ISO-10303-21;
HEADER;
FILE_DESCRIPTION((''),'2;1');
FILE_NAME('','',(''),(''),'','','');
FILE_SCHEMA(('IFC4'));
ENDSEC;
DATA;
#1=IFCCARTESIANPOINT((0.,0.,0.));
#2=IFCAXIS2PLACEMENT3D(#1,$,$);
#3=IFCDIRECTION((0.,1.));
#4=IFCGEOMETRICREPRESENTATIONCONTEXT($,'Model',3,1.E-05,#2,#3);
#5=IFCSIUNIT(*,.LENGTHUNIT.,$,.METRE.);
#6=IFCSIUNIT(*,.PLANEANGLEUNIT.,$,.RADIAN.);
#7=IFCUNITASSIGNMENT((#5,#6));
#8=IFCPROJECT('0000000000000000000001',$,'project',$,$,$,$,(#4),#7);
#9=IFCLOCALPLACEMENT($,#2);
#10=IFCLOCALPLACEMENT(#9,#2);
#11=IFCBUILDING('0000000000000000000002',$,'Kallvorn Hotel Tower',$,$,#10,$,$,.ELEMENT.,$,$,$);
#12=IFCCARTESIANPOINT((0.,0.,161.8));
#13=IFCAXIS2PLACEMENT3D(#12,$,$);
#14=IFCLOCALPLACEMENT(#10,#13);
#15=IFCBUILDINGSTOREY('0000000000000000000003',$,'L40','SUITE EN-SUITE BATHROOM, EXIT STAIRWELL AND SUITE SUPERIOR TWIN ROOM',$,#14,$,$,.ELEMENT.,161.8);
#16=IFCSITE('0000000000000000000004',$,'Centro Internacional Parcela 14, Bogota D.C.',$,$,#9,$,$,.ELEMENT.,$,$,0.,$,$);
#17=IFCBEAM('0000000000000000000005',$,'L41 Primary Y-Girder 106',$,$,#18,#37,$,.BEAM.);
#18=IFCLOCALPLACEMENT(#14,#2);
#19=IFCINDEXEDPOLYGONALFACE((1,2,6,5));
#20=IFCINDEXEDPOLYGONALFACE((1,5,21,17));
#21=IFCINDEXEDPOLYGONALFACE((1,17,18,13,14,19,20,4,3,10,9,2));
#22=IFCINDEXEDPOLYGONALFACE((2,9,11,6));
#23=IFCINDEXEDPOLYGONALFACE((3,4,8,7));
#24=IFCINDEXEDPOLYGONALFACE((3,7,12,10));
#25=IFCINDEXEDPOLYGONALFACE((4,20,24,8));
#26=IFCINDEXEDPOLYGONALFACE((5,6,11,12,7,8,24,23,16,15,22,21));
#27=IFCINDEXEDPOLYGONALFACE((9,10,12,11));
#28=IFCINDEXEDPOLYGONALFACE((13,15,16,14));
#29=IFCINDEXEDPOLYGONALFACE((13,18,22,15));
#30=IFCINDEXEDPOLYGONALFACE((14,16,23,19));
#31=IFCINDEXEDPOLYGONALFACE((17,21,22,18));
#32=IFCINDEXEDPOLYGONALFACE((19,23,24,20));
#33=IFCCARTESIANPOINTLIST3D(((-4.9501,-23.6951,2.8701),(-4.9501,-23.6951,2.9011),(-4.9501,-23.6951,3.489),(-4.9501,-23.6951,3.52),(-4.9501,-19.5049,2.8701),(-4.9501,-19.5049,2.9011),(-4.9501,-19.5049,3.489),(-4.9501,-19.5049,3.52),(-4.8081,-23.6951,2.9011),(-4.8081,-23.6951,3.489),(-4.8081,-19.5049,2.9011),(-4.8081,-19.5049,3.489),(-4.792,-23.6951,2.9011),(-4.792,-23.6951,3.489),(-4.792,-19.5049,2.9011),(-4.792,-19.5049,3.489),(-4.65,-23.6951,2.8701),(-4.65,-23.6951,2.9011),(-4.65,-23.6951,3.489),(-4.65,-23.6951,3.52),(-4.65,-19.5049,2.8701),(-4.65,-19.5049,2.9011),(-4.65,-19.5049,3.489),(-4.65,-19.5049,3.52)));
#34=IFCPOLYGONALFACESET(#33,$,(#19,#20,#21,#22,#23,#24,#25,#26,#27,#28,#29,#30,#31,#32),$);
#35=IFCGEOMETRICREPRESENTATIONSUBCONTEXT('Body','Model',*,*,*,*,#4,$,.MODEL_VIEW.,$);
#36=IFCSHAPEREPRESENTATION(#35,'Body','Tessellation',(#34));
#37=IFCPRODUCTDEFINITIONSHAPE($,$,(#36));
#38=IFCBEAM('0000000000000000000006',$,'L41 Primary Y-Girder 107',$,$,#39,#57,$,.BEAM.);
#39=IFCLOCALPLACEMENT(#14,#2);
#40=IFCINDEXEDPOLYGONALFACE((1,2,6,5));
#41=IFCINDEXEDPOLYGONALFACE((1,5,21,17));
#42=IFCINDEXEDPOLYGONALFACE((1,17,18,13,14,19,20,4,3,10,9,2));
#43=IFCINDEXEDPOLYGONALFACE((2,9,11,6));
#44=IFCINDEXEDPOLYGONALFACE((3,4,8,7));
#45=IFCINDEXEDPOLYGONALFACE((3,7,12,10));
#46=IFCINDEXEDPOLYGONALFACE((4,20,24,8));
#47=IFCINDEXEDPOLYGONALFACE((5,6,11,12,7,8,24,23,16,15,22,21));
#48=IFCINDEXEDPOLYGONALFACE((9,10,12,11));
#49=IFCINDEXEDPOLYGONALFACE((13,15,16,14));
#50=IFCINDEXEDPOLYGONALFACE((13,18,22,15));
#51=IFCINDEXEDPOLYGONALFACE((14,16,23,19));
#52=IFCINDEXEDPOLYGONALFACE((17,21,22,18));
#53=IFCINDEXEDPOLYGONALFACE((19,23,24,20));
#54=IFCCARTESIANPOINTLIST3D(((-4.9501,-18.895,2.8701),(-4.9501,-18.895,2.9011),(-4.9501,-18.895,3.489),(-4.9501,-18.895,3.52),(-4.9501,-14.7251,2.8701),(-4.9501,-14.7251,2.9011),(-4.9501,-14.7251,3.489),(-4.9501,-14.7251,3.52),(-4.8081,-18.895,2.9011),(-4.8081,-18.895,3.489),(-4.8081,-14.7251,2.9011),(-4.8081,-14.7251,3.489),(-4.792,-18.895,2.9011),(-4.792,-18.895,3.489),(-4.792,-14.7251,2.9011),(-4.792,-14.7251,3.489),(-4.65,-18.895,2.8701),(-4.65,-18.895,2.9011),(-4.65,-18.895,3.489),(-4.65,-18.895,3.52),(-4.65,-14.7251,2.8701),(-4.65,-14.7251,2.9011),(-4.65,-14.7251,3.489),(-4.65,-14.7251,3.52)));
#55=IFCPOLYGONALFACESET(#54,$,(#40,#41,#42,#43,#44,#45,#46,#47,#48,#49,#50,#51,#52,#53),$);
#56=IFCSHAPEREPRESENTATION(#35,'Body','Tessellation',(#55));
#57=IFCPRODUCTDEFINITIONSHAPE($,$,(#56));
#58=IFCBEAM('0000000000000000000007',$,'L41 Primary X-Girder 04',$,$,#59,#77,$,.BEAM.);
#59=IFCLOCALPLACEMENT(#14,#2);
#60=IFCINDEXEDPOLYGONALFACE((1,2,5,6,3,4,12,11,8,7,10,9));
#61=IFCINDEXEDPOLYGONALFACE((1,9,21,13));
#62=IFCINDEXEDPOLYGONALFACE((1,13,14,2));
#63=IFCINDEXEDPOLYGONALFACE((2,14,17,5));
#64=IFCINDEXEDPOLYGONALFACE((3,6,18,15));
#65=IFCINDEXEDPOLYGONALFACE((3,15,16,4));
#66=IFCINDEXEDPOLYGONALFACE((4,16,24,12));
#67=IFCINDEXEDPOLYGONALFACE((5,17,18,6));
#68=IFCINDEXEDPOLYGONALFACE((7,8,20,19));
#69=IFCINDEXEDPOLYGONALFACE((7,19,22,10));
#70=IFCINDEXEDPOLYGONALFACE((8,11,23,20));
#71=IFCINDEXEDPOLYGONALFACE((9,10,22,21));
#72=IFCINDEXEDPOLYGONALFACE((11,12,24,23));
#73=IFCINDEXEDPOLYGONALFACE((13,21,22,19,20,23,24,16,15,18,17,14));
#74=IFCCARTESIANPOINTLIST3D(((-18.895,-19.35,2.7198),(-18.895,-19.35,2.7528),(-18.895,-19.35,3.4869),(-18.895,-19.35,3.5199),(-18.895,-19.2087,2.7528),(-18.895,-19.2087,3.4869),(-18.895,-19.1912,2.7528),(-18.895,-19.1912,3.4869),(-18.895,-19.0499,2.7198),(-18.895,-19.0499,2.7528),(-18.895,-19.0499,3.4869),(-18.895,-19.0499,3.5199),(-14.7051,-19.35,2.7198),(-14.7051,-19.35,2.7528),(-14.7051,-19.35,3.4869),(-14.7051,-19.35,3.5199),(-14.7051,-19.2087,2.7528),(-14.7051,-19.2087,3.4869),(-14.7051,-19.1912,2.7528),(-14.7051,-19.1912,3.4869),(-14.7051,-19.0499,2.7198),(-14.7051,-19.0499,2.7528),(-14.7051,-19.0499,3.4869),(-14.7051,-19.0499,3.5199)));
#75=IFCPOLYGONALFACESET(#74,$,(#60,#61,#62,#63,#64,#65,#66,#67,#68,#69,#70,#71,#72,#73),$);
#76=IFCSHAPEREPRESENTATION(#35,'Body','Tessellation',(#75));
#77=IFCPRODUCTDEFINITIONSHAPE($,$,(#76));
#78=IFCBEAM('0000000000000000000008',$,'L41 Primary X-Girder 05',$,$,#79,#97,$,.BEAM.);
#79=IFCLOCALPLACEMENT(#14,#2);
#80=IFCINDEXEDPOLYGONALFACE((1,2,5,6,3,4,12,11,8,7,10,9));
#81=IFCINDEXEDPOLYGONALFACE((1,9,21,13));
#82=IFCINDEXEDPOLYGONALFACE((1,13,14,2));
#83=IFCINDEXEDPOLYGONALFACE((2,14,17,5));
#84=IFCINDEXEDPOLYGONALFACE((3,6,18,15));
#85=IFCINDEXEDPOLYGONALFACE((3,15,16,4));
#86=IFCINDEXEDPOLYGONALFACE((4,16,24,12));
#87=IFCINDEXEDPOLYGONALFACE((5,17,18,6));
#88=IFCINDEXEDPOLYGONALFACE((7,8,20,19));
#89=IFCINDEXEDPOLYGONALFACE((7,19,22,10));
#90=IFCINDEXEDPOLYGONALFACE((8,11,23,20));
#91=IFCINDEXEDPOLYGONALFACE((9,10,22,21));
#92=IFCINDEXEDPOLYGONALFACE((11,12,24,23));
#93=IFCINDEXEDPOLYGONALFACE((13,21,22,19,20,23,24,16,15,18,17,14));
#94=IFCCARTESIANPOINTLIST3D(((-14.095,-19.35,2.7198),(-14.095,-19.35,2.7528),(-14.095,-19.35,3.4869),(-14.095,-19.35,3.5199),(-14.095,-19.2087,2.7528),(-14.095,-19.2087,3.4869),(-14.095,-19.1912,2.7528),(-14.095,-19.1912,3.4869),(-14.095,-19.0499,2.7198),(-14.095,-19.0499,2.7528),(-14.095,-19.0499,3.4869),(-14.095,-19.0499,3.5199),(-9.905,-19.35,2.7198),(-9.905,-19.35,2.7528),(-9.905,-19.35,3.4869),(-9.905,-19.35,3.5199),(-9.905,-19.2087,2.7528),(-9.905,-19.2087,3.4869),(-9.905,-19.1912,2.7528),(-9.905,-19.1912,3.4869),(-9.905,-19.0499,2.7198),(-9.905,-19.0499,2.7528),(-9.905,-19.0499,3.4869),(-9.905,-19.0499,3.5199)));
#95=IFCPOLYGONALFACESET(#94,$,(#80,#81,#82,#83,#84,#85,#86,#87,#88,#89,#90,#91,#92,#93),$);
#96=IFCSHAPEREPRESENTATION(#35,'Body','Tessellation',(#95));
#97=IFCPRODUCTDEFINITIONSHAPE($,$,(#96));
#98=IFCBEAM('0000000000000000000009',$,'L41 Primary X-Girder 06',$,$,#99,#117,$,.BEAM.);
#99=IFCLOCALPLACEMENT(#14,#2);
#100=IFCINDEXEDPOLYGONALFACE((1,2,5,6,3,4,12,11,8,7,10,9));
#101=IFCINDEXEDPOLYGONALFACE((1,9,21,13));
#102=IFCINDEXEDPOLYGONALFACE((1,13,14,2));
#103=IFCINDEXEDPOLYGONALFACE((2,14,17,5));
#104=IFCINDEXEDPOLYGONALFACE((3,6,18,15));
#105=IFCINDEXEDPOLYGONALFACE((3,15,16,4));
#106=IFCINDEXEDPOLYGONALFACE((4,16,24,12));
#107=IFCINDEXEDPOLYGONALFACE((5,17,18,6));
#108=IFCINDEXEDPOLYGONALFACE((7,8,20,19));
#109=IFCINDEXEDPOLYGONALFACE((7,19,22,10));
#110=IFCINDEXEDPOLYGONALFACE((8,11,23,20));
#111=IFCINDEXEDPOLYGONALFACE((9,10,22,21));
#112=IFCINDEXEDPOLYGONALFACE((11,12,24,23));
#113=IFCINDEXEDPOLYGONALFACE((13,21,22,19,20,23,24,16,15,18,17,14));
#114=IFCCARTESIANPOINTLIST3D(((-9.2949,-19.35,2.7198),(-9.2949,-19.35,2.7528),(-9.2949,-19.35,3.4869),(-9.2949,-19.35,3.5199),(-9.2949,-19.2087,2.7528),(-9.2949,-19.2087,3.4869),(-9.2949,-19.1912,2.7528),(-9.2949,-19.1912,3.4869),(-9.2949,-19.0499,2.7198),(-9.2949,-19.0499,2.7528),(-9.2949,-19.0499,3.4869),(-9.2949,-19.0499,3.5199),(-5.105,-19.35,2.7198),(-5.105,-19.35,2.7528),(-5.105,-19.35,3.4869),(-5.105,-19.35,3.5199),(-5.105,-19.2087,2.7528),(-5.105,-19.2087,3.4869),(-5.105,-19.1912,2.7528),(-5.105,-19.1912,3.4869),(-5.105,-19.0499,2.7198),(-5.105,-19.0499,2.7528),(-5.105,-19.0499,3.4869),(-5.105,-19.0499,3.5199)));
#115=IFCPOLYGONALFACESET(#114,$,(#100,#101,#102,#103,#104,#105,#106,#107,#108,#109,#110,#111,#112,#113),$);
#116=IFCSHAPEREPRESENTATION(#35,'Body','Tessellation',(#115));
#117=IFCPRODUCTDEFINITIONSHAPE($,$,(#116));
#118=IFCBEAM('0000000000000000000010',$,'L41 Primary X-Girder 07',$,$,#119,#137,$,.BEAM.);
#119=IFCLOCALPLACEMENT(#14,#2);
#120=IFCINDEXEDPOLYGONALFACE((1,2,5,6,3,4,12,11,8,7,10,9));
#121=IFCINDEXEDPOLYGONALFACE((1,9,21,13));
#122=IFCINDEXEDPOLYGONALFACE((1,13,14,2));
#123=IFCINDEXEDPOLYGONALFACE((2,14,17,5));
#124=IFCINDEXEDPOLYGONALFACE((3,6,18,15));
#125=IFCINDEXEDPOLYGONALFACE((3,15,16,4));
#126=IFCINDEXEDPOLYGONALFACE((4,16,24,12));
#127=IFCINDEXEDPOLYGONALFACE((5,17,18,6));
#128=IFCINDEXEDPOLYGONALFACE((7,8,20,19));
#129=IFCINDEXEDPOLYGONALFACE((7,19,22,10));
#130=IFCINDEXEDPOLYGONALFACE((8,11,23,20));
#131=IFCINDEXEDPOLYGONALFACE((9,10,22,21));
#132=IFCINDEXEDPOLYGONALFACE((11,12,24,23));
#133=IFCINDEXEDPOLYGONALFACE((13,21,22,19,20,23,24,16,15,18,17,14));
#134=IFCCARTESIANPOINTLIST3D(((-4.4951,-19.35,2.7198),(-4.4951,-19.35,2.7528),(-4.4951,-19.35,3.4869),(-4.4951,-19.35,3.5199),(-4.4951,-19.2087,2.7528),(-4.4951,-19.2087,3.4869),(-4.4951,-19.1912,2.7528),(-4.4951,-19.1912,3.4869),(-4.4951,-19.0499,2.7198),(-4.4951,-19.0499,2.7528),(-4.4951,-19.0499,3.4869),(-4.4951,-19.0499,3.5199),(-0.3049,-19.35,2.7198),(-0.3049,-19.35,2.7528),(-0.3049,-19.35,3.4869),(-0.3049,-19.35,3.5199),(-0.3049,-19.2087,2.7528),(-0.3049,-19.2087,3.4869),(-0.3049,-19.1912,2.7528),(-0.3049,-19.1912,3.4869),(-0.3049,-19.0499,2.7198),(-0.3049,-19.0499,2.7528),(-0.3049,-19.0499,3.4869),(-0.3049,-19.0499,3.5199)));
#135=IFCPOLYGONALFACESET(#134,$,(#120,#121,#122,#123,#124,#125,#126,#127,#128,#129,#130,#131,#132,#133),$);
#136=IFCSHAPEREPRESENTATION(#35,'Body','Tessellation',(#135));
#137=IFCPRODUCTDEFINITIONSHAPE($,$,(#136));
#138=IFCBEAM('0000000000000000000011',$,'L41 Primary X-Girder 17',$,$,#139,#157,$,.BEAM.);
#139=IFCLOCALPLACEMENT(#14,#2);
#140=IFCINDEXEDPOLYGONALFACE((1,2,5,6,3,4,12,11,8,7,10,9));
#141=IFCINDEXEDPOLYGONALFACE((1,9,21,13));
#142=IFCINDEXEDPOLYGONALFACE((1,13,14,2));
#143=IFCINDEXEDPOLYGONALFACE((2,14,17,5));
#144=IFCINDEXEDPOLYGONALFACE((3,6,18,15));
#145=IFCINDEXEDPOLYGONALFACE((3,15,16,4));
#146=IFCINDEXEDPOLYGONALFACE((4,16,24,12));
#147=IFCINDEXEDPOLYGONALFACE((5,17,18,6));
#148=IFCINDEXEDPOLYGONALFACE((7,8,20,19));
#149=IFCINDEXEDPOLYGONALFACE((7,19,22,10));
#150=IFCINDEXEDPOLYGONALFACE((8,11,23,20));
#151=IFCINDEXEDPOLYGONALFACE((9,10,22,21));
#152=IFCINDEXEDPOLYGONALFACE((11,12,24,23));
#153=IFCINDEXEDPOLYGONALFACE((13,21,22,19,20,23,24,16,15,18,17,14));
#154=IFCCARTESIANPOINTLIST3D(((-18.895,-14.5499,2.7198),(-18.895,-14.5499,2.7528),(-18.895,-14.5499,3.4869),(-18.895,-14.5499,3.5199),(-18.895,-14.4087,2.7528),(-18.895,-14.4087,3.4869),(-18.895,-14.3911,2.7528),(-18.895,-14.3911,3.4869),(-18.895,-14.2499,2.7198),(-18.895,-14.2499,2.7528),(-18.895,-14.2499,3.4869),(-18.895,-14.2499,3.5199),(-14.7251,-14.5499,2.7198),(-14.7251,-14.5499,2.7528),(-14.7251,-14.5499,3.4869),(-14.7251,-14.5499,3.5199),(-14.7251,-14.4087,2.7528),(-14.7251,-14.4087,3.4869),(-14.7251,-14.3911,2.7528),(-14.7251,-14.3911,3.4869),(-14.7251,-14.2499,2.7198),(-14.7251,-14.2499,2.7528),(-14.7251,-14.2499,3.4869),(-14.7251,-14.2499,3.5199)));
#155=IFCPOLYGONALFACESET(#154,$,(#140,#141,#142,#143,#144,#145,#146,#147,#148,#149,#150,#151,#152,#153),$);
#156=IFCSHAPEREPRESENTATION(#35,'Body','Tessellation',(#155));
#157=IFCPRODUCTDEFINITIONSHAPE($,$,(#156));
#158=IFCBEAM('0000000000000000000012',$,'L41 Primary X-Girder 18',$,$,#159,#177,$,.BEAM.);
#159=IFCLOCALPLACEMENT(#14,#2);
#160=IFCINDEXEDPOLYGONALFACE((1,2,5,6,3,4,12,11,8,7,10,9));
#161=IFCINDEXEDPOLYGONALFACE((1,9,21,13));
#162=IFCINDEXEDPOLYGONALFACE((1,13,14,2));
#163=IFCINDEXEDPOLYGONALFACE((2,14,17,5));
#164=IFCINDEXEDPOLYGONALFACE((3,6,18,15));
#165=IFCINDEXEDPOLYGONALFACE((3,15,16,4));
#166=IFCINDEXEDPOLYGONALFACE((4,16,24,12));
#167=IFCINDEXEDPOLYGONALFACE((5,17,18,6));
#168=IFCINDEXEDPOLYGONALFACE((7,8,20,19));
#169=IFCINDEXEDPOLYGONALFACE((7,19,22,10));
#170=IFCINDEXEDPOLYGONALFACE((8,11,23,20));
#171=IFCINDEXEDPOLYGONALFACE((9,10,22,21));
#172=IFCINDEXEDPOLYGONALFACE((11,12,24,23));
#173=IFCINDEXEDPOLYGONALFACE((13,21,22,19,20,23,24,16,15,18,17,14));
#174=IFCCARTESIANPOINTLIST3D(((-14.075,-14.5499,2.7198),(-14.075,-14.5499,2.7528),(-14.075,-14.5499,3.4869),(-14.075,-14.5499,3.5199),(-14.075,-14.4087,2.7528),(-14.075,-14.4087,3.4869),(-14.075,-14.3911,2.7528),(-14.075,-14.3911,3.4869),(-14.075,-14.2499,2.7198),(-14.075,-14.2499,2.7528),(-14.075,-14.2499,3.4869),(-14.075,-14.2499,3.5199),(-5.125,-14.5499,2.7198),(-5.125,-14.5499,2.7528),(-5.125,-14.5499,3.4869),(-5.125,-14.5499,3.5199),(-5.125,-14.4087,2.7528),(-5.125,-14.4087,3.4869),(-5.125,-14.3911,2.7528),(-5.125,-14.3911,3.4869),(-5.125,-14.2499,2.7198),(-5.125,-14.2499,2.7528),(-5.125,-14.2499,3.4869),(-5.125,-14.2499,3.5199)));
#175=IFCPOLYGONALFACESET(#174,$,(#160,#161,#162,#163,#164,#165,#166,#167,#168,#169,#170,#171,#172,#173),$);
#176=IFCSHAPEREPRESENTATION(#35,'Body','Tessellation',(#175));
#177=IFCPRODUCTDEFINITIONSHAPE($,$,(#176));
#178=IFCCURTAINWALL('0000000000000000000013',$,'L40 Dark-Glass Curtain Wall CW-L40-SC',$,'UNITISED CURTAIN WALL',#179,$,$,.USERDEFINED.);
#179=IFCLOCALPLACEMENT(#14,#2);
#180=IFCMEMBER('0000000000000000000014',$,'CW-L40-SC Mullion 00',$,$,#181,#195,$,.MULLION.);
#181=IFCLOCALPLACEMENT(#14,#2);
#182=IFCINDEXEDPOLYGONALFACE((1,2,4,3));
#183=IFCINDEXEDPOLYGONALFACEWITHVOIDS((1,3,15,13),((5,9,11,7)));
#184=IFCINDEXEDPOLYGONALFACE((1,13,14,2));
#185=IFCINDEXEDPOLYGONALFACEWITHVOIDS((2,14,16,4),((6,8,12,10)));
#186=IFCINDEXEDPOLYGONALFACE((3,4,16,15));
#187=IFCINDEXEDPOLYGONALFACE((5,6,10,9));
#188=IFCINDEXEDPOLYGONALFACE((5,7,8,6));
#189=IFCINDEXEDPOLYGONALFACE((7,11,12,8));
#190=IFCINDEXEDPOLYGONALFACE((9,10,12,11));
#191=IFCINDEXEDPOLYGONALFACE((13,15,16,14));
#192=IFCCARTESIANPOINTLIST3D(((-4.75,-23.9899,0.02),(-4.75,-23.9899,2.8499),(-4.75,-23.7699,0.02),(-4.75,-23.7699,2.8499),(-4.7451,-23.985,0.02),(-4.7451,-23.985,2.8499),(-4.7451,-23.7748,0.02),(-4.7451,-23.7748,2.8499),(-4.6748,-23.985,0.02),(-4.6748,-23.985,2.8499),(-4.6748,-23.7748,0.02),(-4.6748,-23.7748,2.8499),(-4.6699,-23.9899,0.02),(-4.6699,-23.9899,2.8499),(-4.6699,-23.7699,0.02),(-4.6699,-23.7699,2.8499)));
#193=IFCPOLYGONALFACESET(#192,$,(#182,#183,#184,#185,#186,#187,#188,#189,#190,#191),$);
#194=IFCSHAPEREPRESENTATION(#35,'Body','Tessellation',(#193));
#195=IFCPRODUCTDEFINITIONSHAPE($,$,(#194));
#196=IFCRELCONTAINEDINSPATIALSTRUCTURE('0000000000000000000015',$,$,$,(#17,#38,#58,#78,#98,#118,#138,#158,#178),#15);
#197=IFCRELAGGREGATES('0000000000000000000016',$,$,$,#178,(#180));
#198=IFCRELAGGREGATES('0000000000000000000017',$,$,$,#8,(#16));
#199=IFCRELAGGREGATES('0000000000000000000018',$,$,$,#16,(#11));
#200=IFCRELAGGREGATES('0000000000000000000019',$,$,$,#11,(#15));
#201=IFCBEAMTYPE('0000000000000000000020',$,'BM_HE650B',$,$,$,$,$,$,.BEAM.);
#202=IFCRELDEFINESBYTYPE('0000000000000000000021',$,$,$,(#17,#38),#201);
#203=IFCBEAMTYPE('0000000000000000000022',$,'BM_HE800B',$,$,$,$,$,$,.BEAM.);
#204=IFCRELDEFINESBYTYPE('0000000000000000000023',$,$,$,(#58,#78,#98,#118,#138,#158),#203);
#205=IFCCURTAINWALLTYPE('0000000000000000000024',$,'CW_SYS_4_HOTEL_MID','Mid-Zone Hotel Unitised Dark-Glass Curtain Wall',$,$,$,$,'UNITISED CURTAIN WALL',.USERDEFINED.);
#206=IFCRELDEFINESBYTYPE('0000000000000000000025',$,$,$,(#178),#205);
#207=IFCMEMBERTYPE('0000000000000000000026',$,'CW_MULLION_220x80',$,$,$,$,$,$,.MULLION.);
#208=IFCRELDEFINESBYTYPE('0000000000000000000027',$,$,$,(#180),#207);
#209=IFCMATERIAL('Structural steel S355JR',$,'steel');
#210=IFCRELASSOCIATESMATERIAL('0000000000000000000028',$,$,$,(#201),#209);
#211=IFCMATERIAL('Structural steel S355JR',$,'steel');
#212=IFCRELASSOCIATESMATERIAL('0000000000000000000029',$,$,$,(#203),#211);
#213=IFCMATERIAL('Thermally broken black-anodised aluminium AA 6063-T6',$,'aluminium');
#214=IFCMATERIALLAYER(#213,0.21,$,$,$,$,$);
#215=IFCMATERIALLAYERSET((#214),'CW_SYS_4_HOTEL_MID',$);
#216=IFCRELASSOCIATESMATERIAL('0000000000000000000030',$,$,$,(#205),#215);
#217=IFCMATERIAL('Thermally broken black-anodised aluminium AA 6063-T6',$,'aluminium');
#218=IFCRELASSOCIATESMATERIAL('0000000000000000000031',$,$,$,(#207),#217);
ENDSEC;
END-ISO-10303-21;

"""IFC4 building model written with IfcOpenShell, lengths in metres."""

from ifc_helpers import new_model, si_unit, direction, frame, origin, origin_2d, place, context, subcontext, project, spatial, hollow_rectangle, i_section, extrude, material, layer, layer_set, material_profile, profile_set, type_object, element, aggregate, save


model = new_model("IFC4")

# Units and contexts
model_context = context("Model", 3, precision=1e-05, world=origin(), true_north=direction((0.0, 1.0)))
body_context = subcontext(model_context, "Body", "Model", "MODEL_VIEW")
ifc_project = project(units=[si_unit("LENGTHUNIT", "METRE"), si_unit("PLANEANGLEUNIT", "RADIAN")], contexts=[model_context])

# Site, building, storey
site_placement = place(None, origin())
site = spatial("IfcSite", under=ifc_project, at=site_placement, Name="Centro Internacional Parcela 14, Bogota D.C.", CompositionType="ELEMENT", RefElevation=0.0)
building_placement = place(site_placement, origin())
building = spatial("IfcBuilding", under=site, at=building_placement, Name="Kallvorn Hotel Tower", CompositionType="ELEMENT")
storey_placement = place(building_placement, frame((0.0, 0.0, 161.8)))
storey = spatial("IfcBuildingStorey", under=building, at=storey_placement, Name="L40", Description="SUITE EN-SUITE BATHROOM, EXIT STAIRWELL AND SUITE SUPERIOR TWIN ROOM", CompositionType="ELEMENT", Elevation=161.8)

# Beams
ifc_material_1 = material(Name="Structural steel S355JR", Category="steel")
ifc_material_profile_1 = material_profile(ifc_material_1, i_section(OverallWidth=0.3, OverallDepth=0.6499, WebThickness=0.0161, FlangeThickness=0.031, at=origin_2d()), Name="HE 650 B")
ifc_profile_set_1 = profile_set([ifc_material_profile_1], Name="Structural steel S355JR")
beam_type_1 = type_object("IfcBeamType", Name="BM_HE650B", PredefinedType="BEAM", material=ifc_profile_set_1)
for number, where, z_axis, x_axis, name in (
    (1, (-4.8, -23.6951, 3.1951), (0.0, 1.0, 0.0), (-1.0, 0.0, 0.0), "L41 Primary Y-Girder 106"),
):
    element("IfcBeam", number, at=place(storey_placement, frame(where, z_axis=z_axis, x_axis=x_axis)), inside=storey, type_object=beam_type_1, Name=name, PredefinedType="BEAM", context=body_context, shape_type="SweptSolid", body=[
        extrude(i_section(OverallWidth=0.3, OverallDepth=0.6499, WebThickness=0.0161, FlangeThickness=0.031, at=origin_2d()), origin(), (0.0, 0.0, 1.0), 4.1902),
    ])
beam_1_placement = place(storey_placement, frame((-4.8, -18.895, 3.1951), z_axis=(0.0, 1.0, 0.0), x_axis=(-1.0, 0.0, 0.0)))
element("IfcBeam", 2, at=beam_1_placement, inside=storey, type_object=beam_type_1, Name="L41 Primary Y-Girder 107", PredefinedType="BEAM", context=body_context, shape_type="SweptSolid", body=[
    extrude(i_section(OverallWidth=0.3, OverallDepth=0.6499, WebThickness=0.0161, FlangeThickness=0.031, at=origin_2d()), origin(), (0.0, 0.0, 1.0), 4.1699),
])
ifc_material_2 = material(Name="Structural steel S355JR", Category="steel")
ifc_material_profile_2 = material_profile(ifc_material_2, i_section(OverallWidth=0.3, OverallDepth=0.8, WebThickness=0.0176, FlangeThickness=0.033, at=origin_2d()), Name="HE 800 B")
ifc_profile_set_2 = profile_set([ifc_material_profile_2], Name="Structural steel S355JR")
beam_type_2 = type_object("IfcBeamType", Name="BM_HE800B", PredefinedType="BEAM", material=ifc_profile_set_2)
for number, where, z_axis, x_axis, name in (
    (3, (-18.895, -19.2, 3.1199), (1.0, 0.0, 0.0), (0.0, 1.0, 0.0), "L41 Primary X-Girder 04"),
    (4, (-14.095, -19.2, 3.1199), (1.0, 0.0, 0.0), (0.0, 1.0, 0.0), "L41 Primary X-Girder 05"),
    (5, (-9.2949, -19.2, 3.1199), (1.0, 0.0, 0.0), (0.0, 1.0, 0.0), "L41 Primary X-Girder 06"),
):
    element("IfcBeam", number, at=place(storey_placement, frame(where, z_axis=z_axis, x_axis=x_axis)), inside=storey, type_object=beam_type_2, Name=name, PredefinedType="BEAM", context=body_context, shape_type="SweptSolid", body=[
        extrude(i_section(OverallWidth=0.3, OverallDepth=0.8, WebThickness=0.0176, FlangeThickness=0.033, at=origin_2d()), origin(), (0.0, 0.0, 1.0), 4.1899),
    ])
beam_2_placement = place(storey_placement, frame((-4.4951, -19.2, 3.1199), z_axis=(1.0, 0.0, 0.0), x_axis=(0.0, 1.0, 0.0)))
element("IfcBeam", 6, at=beam_2_placement, inside=storey, type_object=beam_type_2, Name="L41 Primary X-Girder 07", PredefinedType="BEAM", context=body_context, shape_type="SweptSolid", body=[
    extrude(i_section(OverallWidth=0.3, OverallDepth=0.8, WebThickness=0.0176, FlangeThickness=0.033, at=origin_2d()), origin(), (0.0, 0.0, 1.0), 4.1902),
])
beam_3_placement = place(storey_placement, frame((-18.895, -14.3999, 3.1199), z_axis=(1.0, 0.0, 0.0), x_axis=(0.0, 1.0, 0.0)))
element("IfcBeam", 7, at=beam_3_placement, inside=storey, type_object=beam_type_2, Name="L41 Primary X-Girder 17", PredefinedType="BEAM", context=body_context, shape_type="SweptSolid", body=[
    extrude(i_section(OverallWidth=0.3, OverallDepth=0.8, WebThickness=0.0176, FlangeThickness=0.033, at=origin_2d()), origin(), (0.0, 0.0, 1.0), 4.1699),
])
beam_4_placement = place(storey_placement, frame((-14.075, -14.3999, 3.1199), z_axis=(1.0, 0.0, 0.0), x_axis=(0.0, 1.0, 0.0)))
element("IfcBeam", 8, at=beam_4_placement, inside=storey, type_object=beam_type_2, Name="L41 Primary X-Girder 18", PredefinedType="BEAM", context=body_context, shape_type="SweptSolid", body=[
    extrude(i_section(OverallWidth=0.3, OverallDepth=0.8, WebThickness=0.0176, FlangeThickness=0.033, at=origin_2d()), origin(), (0.0, 0.0, 1.0), 8.95),
])

# Curtain wall, member
ifc_material_3 = material(Name="Thermally broken black-anodised aluminium AA 6063-T6", Category="aluminium")
ifc_layer_1 = layer(ifc_material_3, 0.21)
ifc_layer_set_1 = layer_set([ifc_layer_1], Name="CW_SYS_4_HOTEL_MID")
curtain_wall_type = type_object("IfcCurtainWallType", Name="CW_SYS_4_HOTEL_MID", Description="Mid-Zone Hotel Unitised Dark-Glass Curtain Wall", ElementType="UNITISED CURTAIN WALL", PredefinedType="USERDEFINED", material=ifc_layer_set_1)
curtain_wall_placement = place(storey_placement, origin())
curtain_wall = element("IfcCurtainWall", 9, at=curtain_wall_placement, inside=storey, type_object=curtain_wall_type, Name="L40 Dark-Glass Curtain Wall CW-L40-SC", ObjectType="UNITISED CURTAIN WALL", PredefinedType="USERDEFINED")
ifc_material_4 = material(Name="Thermally broken black-anodised aluminium AA 6063-T6", Category="aluminium")
ifc_material_profile_3 = material_profile(ifc_material_4, hollow_rectangle(XDim=0.0801, YDim=0.22, WallThickness=0.0049, at=origin_2d()), Name="MUL 220x80")
ifc_profile_set_3 = profile_set([ifc_material_profile_3], Name="Thermally broken black-anodised aluminium AA 6063-T6")
member_type_1 = type_object("IfcMemberType", Name="CW_MULLION_220x80", PredefinedType="MULLION", material=ifc_profile_set_3)
member_1_placement = place(storey_placement, frame((-4.71, -23.8799, 0.02), z_axis=(0.0, 0.0, 1.0), x_axis=(1.0, 0.0, 0.0)))
member_1 = element("IfcMember", 10, at=member_1_placement, type_object=member_type_1, Name="CW-L40-SC Mullion 00", PredefinedType="MULLION", context=body_context, shape_type="SweptSolid", body=[
    extrude(hollow_rectangle(XDim=0.0801, YDim=0.22, WallThickness=0.0049, at=origin_2d()), origin(), (0.0, 0.0, 1.0), 2.8298),
])
aggregate(curtain_wall, [member_1])

save(model, "model.ifc")
